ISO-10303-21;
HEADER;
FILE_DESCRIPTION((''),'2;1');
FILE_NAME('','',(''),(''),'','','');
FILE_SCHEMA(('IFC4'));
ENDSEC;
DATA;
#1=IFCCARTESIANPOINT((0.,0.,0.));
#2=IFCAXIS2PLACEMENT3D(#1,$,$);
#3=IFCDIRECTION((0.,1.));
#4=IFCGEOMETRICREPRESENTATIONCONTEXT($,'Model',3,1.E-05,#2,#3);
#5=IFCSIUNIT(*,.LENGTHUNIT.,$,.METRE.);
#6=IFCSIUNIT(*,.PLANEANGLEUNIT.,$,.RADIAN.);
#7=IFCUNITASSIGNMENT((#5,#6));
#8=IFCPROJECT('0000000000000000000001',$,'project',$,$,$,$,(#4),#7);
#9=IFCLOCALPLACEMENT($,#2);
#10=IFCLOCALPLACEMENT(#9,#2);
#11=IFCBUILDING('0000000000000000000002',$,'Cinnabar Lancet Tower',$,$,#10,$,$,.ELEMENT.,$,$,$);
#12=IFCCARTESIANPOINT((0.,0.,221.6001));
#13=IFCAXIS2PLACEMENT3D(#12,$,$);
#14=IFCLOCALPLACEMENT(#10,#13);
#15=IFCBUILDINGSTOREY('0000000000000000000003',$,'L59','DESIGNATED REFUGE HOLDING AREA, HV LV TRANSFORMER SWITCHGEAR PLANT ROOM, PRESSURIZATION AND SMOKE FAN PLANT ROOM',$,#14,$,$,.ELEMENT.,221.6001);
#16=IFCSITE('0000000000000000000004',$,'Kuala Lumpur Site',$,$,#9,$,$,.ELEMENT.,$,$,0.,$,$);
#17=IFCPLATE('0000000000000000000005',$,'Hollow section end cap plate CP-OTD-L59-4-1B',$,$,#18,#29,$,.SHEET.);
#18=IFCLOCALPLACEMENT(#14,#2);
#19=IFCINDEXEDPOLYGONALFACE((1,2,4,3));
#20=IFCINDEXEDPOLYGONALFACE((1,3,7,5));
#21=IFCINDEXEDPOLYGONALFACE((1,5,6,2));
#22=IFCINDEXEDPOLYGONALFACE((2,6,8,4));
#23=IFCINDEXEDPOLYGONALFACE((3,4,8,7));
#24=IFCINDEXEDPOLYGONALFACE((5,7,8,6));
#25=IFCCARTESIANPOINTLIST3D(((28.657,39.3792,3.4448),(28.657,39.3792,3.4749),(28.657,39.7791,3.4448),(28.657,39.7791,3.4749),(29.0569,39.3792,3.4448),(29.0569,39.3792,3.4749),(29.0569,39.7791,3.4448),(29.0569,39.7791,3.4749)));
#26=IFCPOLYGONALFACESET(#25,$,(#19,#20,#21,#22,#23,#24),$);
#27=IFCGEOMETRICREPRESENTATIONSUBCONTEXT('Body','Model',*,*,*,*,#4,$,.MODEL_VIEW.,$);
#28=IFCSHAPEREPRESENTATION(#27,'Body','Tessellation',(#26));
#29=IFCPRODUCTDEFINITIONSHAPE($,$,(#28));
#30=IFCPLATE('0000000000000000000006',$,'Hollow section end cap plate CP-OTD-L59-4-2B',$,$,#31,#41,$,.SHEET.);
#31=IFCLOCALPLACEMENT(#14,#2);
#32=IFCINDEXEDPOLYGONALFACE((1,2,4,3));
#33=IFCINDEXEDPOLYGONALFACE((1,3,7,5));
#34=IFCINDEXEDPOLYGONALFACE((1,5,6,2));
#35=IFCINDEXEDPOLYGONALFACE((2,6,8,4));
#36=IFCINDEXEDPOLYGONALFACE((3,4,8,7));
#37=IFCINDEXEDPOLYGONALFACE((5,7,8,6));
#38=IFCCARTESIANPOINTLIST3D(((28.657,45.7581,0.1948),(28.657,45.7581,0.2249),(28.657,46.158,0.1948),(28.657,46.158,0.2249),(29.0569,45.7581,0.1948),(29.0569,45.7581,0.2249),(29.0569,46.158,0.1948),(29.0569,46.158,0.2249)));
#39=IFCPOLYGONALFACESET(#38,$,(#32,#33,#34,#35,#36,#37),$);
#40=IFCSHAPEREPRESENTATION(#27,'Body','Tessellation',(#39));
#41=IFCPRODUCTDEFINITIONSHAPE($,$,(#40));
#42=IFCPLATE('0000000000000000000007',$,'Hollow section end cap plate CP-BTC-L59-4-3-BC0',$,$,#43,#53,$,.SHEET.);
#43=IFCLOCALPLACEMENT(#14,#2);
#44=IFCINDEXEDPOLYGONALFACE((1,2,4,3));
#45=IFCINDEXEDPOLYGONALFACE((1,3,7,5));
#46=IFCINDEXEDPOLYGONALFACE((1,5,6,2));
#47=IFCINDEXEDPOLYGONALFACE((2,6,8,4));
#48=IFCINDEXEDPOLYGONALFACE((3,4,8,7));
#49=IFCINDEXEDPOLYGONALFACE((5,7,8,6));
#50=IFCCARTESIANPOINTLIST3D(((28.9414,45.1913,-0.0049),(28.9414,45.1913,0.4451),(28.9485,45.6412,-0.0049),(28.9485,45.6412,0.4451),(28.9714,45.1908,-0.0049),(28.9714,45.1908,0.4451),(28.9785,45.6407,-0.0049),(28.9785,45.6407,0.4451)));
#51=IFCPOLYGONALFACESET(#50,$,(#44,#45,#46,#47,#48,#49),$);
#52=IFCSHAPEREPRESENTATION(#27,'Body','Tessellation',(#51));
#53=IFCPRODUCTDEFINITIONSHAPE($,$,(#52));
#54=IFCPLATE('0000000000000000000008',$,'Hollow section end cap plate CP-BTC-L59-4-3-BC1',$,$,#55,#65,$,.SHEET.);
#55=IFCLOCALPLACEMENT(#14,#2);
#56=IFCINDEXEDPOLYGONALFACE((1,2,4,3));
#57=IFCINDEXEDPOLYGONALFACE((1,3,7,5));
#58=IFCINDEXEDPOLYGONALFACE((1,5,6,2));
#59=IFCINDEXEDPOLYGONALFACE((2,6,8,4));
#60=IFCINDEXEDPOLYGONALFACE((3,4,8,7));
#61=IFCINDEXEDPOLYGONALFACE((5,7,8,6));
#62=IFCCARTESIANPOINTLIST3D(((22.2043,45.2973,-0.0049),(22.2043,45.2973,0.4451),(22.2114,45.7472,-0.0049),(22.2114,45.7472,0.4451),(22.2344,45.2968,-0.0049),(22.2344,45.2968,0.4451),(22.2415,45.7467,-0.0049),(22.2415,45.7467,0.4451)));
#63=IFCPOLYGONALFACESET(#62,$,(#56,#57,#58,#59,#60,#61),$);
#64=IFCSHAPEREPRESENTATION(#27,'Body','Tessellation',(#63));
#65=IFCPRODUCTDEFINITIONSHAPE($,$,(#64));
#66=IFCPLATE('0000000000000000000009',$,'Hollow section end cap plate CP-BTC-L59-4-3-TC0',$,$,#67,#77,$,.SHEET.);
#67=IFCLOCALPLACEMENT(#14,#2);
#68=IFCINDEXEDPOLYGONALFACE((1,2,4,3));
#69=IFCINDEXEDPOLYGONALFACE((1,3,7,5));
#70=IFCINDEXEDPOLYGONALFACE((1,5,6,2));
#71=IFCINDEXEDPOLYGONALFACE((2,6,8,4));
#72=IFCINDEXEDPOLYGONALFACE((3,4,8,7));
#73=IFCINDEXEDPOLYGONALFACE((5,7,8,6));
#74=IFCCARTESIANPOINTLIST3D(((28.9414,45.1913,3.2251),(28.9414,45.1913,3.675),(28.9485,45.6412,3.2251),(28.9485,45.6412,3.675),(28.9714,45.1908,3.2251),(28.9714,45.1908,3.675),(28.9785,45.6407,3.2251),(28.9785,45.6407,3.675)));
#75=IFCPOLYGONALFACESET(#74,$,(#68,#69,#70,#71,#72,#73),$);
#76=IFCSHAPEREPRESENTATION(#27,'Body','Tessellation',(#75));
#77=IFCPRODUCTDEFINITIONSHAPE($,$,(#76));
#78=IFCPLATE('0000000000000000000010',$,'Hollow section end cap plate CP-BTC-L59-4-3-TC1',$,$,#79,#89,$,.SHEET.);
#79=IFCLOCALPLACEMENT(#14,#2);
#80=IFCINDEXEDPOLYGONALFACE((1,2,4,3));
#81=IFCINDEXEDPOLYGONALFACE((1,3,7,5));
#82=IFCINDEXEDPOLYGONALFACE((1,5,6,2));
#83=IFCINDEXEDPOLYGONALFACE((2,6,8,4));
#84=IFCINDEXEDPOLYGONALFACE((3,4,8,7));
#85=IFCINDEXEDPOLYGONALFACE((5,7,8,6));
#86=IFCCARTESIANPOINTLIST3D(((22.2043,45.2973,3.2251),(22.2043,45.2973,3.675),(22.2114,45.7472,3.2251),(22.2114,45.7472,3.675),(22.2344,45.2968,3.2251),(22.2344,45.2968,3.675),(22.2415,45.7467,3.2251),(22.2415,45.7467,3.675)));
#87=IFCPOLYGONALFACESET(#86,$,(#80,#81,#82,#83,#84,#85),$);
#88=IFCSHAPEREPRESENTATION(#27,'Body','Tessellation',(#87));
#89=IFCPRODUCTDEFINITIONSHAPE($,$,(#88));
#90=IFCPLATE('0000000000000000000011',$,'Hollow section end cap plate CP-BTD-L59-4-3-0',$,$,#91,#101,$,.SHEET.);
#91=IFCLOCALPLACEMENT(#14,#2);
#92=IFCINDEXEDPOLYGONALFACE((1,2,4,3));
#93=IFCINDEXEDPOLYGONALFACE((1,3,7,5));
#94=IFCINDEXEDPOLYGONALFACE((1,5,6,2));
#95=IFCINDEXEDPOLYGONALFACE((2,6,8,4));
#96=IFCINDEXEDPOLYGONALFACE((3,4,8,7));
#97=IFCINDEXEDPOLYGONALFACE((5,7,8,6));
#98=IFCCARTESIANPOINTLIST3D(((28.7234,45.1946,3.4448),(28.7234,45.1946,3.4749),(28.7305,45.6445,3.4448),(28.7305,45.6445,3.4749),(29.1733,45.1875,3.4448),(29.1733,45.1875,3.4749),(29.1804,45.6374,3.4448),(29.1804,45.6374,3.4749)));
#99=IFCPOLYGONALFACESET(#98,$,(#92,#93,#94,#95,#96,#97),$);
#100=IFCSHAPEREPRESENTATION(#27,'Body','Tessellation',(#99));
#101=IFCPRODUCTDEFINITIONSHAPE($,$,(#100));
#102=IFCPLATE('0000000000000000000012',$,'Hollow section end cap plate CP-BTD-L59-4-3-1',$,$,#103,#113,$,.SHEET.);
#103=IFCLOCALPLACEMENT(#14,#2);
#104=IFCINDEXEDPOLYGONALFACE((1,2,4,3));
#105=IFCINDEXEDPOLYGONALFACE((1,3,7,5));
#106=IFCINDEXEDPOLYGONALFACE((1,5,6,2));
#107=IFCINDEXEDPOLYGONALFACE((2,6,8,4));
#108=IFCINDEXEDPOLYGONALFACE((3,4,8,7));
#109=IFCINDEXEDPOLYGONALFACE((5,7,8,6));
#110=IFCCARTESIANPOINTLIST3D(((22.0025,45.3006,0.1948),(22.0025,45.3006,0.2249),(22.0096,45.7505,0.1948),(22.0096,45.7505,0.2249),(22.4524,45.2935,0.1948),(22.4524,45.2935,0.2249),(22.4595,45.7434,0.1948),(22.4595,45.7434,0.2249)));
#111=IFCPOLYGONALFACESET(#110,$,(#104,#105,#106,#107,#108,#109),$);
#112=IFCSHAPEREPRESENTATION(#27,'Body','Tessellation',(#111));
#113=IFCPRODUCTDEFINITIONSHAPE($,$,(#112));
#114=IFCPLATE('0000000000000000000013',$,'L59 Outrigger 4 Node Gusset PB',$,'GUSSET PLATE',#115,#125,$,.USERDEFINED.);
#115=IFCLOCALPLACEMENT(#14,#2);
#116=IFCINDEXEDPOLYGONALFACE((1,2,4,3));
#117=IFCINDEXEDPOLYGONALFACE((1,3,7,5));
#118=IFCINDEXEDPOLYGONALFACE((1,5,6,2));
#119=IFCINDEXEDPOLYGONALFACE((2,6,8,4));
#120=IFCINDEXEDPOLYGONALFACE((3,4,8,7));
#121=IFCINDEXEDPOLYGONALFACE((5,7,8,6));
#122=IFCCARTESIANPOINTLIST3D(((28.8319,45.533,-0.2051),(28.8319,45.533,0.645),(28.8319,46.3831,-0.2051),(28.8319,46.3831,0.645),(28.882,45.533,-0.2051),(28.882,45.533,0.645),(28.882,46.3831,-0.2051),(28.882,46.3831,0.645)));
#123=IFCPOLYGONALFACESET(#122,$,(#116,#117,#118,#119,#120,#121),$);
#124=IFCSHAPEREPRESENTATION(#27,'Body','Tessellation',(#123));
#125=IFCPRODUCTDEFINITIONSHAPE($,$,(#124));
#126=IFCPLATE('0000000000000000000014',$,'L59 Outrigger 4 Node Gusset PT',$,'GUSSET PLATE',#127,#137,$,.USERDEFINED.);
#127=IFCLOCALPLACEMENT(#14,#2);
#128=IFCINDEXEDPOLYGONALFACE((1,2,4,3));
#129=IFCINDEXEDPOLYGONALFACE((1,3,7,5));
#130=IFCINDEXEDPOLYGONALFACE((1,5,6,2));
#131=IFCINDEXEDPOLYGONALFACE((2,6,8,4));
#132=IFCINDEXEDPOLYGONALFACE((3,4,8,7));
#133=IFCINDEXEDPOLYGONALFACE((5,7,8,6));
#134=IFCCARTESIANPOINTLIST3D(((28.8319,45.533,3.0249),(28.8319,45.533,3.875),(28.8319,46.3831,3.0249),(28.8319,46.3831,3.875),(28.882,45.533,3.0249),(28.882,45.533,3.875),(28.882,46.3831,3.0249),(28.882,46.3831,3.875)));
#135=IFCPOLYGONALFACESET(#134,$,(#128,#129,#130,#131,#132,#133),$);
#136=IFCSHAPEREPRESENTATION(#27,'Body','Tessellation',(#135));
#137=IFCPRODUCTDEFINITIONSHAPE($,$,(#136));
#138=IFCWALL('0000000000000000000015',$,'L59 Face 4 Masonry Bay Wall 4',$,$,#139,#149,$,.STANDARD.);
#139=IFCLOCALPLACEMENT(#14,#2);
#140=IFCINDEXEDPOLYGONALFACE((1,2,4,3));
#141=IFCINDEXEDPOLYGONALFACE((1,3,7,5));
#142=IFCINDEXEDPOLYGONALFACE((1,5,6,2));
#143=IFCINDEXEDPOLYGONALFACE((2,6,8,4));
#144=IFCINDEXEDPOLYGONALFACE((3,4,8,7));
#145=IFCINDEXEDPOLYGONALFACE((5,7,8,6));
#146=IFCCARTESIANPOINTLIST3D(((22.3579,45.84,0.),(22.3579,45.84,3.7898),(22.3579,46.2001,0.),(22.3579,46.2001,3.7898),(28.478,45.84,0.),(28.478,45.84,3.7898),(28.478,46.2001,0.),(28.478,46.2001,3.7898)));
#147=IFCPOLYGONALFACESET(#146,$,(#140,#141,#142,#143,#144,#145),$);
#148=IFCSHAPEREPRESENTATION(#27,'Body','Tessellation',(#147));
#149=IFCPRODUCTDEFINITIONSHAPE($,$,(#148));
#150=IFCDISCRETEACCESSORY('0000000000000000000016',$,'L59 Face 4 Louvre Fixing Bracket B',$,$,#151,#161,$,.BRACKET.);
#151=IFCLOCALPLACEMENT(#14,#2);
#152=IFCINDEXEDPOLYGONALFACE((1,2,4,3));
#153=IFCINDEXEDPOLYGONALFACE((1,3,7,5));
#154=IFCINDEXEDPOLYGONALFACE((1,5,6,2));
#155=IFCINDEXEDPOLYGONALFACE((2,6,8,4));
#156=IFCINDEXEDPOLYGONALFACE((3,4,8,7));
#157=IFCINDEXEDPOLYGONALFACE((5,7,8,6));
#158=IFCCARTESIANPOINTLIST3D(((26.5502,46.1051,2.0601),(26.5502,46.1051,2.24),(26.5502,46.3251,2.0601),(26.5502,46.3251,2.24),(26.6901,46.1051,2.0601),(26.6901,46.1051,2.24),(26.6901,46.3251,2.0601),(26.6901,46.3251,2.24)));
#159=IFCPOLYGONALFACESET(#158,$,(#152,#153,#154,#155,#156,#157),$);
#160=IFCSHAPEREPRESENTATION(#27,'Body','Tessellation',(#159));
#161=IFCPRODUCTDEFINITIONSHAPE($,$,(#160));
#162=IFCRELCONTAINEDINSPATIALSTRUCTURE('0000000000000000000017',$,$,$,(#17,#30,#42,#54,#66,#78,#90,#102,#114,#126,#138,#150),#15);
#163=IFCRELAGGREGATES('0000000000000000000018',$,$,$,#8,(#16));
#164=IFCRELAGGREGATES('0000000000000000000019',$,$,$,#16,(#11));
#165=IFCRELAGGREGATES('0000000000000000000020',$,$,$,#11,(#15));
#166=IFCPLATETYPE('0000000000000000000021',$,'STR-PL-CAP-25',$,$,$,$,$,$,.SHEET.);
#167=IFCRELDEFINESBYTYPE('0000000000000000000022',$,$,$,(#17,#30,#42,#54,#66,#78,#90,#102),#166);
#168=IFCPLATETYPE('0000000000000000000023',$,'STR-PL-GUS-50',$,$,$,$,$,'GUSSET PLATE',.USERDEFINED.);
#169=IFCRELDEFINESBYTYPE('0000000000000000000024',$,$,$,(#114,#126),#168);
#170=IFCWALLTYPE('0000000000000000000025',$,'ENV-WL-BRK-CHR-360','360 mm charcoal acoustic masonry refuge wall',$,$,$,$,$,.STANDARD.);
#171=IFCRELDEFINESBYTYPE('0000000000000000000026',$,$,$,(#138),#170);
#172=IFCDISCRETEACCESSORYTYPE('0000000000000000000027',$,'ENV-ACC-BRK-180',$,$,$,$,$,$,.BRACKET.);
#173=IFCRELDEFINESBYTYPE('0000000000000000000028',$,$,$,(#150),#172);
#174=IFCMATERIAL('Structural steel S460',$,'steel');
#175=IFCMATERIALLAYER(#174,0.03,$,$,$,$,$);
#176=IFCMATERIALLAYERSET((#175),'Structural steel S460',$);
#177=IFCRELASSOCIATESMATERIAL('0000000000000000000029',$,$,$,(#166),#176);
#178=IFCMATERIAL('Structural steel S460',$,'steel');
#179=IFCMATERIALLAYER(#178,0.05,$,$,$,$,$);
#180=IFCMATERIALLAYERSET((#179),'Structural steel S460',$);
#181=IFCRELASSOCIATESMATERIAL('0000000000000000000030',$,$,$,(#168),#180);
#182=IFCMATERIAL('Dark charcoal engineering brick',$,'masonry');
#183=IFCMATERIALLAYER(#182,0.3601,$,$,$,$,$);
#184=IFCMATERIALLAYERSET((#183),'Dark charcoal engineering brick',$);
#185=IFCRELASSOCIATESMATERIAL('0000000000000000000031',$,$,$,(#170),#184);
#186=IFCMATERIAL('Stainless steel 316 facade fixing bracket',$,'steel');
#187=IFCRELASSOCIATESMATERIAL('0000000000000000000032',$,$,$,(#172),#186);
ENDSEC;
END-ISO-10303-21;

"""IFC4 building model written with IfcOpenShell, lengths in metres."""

from ifc_helpers import new_model, si_unit, direction, frame, frame_2d, origin, origin_2d, place, context, subcontext, project, spatial, rectangle, extrude, material, layer, layer_set, type_object, element, save


model = new_model("IFC4")

# Units and contexts
model_context = context("Model", 3, precision=1e-05, world=origin(), true_north=direction((0.0, 1.0)))
body_context = subcontext(model_context, "Body", "Model", "MODEL_VIEW")
ifc_project = project(units=[si_unit("LENGTHUNIT", "METRE"), si_unit("PLANEANGLEUNIT", "RADIAN")], contexts=[model_context])

# Site, building, storey
site_placement = place(None, origin())
site = spatial("IfcSite", under=ifc_project, at=site_placement, Name="Kuala Lumpur Site", CompositionType="ELEMENT", RefElevation=0.0)
building_placement = place(site_placement, origin())
building = spatial("IfcBuilding", under=site, at=building_placement, Name="Cinnabar Lancet Tower", CompositionType="ELEMENT")
storey_placement = place(building_placement, frame((0.0, 0.0, 221.6001)))
storey = spatial("IfcBuildingStorey", under=building, at=storey_placement, Name="L59", Description="DESIGNATED REFUGE HOLDING AREA, HV LV TRANSFORMER SWITCHGEAR PLANT ROOM, PRESSURIZATION AND SMOKE FAN PLANT ROOM", CompositionType="ELEMENT", Elevation=221.6001)

# Plates
ifc_material_1 = material(Name="Structural steel S460", Category="steel")
ifc_layer_1 = layer(ifc_material_1, 0.03)
ifc_layer_set_1 = layer_set([ifc_layer_1], Name="Structural steel S460")
plate_type_1 = type_object("IfcPlateType", Name="STR-PL-CAP-25", PredefinedType="SHEET", material=ifc_layer_set_1)
for number, where, z_axis, x_axis, name in (
    (1, (28.8569, 39.5791, 3.4448), (0.0, 0.0, 1.0), (0.0, 1.0, 0.0), "Hollow section end cap plate CP-OTD-L59-4-1B"),
    (2, (28.8569, 45.958, 0.1948), (0.0, 0.0, 1.0), (0.0, 1.0, 0.0), "Hollow section end cap plate CP-OTD-L59-4-2B"),
):
    element("IfcPlate", number, at=place(storey_placement, frame(where, z_axis=z_axis, x_axis=x_axis)), inside=storey, type_object=plate_type_1, Name=name, PredefinedType="SHEET", context=body_context, shape_type="SweptSolid", body=[
        extrude(rectangle(XDim=0.3999, YDim=0.3999, at=origin_2d()), origin(), (0.0, 0.0, 1.0), 0.03),
    ])
for number, where, z_axis, x_axis, name in (
    (3, (28.96, 45.416, -0.0049), (0.0, 0.0, 1.0), (0.999876, -0.015777, 0.0), "Hollow section end cap plate CP-BTC-L59-4-3-BC0"),
    (4, (22.2229, 45.522, -0.0049), (0.0, 0.0, 1.0), (-0.999876, 0.015777, 0.0), "Hollow section end cap plate CP-BTC-L59-4-3-BC1"),
    (5, (28.96, 45.416, 3.2251), (0.0, 0.0, 1.0), (0.999876, -0.015777, 0.0), "Hollow section end cap plate CP-BTC-L59-4-3-TC0"),
    (6, (22.2229, 45.522, 3.2251), (0.0, 0.0, 1.0), (-0.999876, 0.015777, 0.0), "Hollow section end cap plate CP-BTC-L59-4-3-TC1"),
):
    element("IfcPlate", number, at=place(storey_placement, frame(where, z_axis=z_axis, x_axis=x_axis)), inside=storey, type_object=plate_type_1, Name=name, PredefinedType="SHEET", context=body_context, shape_type="SweptSolid", body=[
        extrude(rectangle(XDim=0.03, YDim=0.45, at=origin_2d()), origin(), (0.0, 0.0, 1.0), 0.45),
    ])
for number, where, z_axis, x_axis, name in (
    (7, (28.9519, 45.416, 3.4448), (0.0, 0.0, 1.0), (0.999876, -0.015777, 0.0), "Hollow section end cap plate CP-BTD-L59-4-3-0"),
    (8, (22.231, 45.522, 0.1948), (0.0, 0.0, 1.0), (-0.999876, 0.015777, 0.0), "Hollow section end cap plate CP-BTD-L59-4-3-1"),
):
    element("IfcPlate", number, at=place(storey_placement, frame(where, z_axis=z_axis, x_axis=x_axis)), inside=storey, type_object=plate_type_1, Name=name, PredefinedType="SHEET", context=body_context, shape_type="SweptSolid", body=[
        extrude(rectangle(XDim=0.45, YDim=0.45, at=origin_2d()), origin(), (0.0, 0.0, 1.0), 0.03),
    ])
ifc_material_2 = material(Name="Structural steel S460", Category="steel")
ifc_layer_2 = layer(ifc_material_2, 0.05)
ifc_layer_set_2 = layer_set([ifc_layer_2], Name="Structural steel S460")
plate_type_2 = type_object("IfcPlateType", Name="STR-PL-GUS-50", ElementType="GUSSET PLATE", PredefinedType="USERDEFINED", material=ifc_layer_set_2)
for number, where, z_axis, x_axis, name in (
    (9, (28.8569, 45.958, -0.2051), (0.0, 0.0, 1.0), (1.0, 0.0, 0.0), "L59 Outrigger 4 Node Gusset PB"),
    (10, (28.8569, 45.958, 3.0249), (0.0, 0.0, 1.0), (1.0, 0.0, 0.0), "L59 Outrigger 4 Node Gusset PT"),
):
    element("IfcPlate", number, at=place(storey_placement, frame(where, z_axis=z_axis, x_axis=x_axis)), inside=storey, type_object=plate_type_2, Name=name, ObjectType="GUSSET PLATE", PredefinedType="USERDEFINED", context=body_context, shape_type="SweptSolid", body=[
        extrude(rectangle(XDim=0.05, YDim=0.8501, at=origin_2d()), origin(), (0.0, 0.0, 1.0), 0.8501),
    ])

# Wall
ifc_material_3 = material(Name="Dark charcoal engineering brick", Category="masonry")
ifc_layer_3 = layer(ifc_material_3, 0.3601)
ifc_layer_set_3 = layer_set([ifc_layer_3], Name="Dark charcoal engineering brick")
wall_type = type_object("IfcWallType", Name="ENV-WL-BRK-CHR-360", Description="360 mm charcoal acoustic masonry refuge wall", PredefinedType="STANDARD", material=ifc_layer_set_3)
wall_placement = place(storey_placement, frame((28.478, 46.02, 0.0), z_axis=(0.0, 0.0, 1.0), x_axis=(-1.0, 0.0, 0.0)))
element("IfcWall", 11, at=wall_placement, inside=storey, type_object=wall_type, Name="L59 Face 4 Masonry Bay Wall 4", PredefinedType="STANDARD", context=body_context, shape_type="SweptSolid", body=[
    extrude(rectangle(XDim=6.1201, YDim=0.3601, at=frame_2d((3.0601, 0.0))), origin(), (0.0, 0.0, 1.0), 3.7898),
])

# Discrete accessory
ifc_material_4 = material(Name="Stainless steel 316 facade fixing bracket", Category="steel")
discrete_accessory_type = type_object("IfcDiscreteAccessoryType", Name="ENV-ACC-BRK-180", PredefinedType="BRACKET", material=ifc_material_4)
discrete_accessory_placement = place(storey_placement, frame((26.6201, 46.2151, 2.0601), z_axis=(0.0, 0.0, 1.0), x_axis=(-1.0, 0.0, 0.0)))
element("IfcDiscreteAccessory", 12, at=discrete_accessory_placement, inside=storey, type_object=discrete_accessory_type, Name="L59 Face 4 Louvre Fixing Bracket B", PredefinedType="BRACKET", context=body_context, shape_type="SweptSolid", body=[
    extrude(rectangle(XDim=0.1399, YDim=0.22, at=origin_2d()), origin(), (0.0, 0.0, 1.0), 0.1799),
])

save(model, "model.ifc")
